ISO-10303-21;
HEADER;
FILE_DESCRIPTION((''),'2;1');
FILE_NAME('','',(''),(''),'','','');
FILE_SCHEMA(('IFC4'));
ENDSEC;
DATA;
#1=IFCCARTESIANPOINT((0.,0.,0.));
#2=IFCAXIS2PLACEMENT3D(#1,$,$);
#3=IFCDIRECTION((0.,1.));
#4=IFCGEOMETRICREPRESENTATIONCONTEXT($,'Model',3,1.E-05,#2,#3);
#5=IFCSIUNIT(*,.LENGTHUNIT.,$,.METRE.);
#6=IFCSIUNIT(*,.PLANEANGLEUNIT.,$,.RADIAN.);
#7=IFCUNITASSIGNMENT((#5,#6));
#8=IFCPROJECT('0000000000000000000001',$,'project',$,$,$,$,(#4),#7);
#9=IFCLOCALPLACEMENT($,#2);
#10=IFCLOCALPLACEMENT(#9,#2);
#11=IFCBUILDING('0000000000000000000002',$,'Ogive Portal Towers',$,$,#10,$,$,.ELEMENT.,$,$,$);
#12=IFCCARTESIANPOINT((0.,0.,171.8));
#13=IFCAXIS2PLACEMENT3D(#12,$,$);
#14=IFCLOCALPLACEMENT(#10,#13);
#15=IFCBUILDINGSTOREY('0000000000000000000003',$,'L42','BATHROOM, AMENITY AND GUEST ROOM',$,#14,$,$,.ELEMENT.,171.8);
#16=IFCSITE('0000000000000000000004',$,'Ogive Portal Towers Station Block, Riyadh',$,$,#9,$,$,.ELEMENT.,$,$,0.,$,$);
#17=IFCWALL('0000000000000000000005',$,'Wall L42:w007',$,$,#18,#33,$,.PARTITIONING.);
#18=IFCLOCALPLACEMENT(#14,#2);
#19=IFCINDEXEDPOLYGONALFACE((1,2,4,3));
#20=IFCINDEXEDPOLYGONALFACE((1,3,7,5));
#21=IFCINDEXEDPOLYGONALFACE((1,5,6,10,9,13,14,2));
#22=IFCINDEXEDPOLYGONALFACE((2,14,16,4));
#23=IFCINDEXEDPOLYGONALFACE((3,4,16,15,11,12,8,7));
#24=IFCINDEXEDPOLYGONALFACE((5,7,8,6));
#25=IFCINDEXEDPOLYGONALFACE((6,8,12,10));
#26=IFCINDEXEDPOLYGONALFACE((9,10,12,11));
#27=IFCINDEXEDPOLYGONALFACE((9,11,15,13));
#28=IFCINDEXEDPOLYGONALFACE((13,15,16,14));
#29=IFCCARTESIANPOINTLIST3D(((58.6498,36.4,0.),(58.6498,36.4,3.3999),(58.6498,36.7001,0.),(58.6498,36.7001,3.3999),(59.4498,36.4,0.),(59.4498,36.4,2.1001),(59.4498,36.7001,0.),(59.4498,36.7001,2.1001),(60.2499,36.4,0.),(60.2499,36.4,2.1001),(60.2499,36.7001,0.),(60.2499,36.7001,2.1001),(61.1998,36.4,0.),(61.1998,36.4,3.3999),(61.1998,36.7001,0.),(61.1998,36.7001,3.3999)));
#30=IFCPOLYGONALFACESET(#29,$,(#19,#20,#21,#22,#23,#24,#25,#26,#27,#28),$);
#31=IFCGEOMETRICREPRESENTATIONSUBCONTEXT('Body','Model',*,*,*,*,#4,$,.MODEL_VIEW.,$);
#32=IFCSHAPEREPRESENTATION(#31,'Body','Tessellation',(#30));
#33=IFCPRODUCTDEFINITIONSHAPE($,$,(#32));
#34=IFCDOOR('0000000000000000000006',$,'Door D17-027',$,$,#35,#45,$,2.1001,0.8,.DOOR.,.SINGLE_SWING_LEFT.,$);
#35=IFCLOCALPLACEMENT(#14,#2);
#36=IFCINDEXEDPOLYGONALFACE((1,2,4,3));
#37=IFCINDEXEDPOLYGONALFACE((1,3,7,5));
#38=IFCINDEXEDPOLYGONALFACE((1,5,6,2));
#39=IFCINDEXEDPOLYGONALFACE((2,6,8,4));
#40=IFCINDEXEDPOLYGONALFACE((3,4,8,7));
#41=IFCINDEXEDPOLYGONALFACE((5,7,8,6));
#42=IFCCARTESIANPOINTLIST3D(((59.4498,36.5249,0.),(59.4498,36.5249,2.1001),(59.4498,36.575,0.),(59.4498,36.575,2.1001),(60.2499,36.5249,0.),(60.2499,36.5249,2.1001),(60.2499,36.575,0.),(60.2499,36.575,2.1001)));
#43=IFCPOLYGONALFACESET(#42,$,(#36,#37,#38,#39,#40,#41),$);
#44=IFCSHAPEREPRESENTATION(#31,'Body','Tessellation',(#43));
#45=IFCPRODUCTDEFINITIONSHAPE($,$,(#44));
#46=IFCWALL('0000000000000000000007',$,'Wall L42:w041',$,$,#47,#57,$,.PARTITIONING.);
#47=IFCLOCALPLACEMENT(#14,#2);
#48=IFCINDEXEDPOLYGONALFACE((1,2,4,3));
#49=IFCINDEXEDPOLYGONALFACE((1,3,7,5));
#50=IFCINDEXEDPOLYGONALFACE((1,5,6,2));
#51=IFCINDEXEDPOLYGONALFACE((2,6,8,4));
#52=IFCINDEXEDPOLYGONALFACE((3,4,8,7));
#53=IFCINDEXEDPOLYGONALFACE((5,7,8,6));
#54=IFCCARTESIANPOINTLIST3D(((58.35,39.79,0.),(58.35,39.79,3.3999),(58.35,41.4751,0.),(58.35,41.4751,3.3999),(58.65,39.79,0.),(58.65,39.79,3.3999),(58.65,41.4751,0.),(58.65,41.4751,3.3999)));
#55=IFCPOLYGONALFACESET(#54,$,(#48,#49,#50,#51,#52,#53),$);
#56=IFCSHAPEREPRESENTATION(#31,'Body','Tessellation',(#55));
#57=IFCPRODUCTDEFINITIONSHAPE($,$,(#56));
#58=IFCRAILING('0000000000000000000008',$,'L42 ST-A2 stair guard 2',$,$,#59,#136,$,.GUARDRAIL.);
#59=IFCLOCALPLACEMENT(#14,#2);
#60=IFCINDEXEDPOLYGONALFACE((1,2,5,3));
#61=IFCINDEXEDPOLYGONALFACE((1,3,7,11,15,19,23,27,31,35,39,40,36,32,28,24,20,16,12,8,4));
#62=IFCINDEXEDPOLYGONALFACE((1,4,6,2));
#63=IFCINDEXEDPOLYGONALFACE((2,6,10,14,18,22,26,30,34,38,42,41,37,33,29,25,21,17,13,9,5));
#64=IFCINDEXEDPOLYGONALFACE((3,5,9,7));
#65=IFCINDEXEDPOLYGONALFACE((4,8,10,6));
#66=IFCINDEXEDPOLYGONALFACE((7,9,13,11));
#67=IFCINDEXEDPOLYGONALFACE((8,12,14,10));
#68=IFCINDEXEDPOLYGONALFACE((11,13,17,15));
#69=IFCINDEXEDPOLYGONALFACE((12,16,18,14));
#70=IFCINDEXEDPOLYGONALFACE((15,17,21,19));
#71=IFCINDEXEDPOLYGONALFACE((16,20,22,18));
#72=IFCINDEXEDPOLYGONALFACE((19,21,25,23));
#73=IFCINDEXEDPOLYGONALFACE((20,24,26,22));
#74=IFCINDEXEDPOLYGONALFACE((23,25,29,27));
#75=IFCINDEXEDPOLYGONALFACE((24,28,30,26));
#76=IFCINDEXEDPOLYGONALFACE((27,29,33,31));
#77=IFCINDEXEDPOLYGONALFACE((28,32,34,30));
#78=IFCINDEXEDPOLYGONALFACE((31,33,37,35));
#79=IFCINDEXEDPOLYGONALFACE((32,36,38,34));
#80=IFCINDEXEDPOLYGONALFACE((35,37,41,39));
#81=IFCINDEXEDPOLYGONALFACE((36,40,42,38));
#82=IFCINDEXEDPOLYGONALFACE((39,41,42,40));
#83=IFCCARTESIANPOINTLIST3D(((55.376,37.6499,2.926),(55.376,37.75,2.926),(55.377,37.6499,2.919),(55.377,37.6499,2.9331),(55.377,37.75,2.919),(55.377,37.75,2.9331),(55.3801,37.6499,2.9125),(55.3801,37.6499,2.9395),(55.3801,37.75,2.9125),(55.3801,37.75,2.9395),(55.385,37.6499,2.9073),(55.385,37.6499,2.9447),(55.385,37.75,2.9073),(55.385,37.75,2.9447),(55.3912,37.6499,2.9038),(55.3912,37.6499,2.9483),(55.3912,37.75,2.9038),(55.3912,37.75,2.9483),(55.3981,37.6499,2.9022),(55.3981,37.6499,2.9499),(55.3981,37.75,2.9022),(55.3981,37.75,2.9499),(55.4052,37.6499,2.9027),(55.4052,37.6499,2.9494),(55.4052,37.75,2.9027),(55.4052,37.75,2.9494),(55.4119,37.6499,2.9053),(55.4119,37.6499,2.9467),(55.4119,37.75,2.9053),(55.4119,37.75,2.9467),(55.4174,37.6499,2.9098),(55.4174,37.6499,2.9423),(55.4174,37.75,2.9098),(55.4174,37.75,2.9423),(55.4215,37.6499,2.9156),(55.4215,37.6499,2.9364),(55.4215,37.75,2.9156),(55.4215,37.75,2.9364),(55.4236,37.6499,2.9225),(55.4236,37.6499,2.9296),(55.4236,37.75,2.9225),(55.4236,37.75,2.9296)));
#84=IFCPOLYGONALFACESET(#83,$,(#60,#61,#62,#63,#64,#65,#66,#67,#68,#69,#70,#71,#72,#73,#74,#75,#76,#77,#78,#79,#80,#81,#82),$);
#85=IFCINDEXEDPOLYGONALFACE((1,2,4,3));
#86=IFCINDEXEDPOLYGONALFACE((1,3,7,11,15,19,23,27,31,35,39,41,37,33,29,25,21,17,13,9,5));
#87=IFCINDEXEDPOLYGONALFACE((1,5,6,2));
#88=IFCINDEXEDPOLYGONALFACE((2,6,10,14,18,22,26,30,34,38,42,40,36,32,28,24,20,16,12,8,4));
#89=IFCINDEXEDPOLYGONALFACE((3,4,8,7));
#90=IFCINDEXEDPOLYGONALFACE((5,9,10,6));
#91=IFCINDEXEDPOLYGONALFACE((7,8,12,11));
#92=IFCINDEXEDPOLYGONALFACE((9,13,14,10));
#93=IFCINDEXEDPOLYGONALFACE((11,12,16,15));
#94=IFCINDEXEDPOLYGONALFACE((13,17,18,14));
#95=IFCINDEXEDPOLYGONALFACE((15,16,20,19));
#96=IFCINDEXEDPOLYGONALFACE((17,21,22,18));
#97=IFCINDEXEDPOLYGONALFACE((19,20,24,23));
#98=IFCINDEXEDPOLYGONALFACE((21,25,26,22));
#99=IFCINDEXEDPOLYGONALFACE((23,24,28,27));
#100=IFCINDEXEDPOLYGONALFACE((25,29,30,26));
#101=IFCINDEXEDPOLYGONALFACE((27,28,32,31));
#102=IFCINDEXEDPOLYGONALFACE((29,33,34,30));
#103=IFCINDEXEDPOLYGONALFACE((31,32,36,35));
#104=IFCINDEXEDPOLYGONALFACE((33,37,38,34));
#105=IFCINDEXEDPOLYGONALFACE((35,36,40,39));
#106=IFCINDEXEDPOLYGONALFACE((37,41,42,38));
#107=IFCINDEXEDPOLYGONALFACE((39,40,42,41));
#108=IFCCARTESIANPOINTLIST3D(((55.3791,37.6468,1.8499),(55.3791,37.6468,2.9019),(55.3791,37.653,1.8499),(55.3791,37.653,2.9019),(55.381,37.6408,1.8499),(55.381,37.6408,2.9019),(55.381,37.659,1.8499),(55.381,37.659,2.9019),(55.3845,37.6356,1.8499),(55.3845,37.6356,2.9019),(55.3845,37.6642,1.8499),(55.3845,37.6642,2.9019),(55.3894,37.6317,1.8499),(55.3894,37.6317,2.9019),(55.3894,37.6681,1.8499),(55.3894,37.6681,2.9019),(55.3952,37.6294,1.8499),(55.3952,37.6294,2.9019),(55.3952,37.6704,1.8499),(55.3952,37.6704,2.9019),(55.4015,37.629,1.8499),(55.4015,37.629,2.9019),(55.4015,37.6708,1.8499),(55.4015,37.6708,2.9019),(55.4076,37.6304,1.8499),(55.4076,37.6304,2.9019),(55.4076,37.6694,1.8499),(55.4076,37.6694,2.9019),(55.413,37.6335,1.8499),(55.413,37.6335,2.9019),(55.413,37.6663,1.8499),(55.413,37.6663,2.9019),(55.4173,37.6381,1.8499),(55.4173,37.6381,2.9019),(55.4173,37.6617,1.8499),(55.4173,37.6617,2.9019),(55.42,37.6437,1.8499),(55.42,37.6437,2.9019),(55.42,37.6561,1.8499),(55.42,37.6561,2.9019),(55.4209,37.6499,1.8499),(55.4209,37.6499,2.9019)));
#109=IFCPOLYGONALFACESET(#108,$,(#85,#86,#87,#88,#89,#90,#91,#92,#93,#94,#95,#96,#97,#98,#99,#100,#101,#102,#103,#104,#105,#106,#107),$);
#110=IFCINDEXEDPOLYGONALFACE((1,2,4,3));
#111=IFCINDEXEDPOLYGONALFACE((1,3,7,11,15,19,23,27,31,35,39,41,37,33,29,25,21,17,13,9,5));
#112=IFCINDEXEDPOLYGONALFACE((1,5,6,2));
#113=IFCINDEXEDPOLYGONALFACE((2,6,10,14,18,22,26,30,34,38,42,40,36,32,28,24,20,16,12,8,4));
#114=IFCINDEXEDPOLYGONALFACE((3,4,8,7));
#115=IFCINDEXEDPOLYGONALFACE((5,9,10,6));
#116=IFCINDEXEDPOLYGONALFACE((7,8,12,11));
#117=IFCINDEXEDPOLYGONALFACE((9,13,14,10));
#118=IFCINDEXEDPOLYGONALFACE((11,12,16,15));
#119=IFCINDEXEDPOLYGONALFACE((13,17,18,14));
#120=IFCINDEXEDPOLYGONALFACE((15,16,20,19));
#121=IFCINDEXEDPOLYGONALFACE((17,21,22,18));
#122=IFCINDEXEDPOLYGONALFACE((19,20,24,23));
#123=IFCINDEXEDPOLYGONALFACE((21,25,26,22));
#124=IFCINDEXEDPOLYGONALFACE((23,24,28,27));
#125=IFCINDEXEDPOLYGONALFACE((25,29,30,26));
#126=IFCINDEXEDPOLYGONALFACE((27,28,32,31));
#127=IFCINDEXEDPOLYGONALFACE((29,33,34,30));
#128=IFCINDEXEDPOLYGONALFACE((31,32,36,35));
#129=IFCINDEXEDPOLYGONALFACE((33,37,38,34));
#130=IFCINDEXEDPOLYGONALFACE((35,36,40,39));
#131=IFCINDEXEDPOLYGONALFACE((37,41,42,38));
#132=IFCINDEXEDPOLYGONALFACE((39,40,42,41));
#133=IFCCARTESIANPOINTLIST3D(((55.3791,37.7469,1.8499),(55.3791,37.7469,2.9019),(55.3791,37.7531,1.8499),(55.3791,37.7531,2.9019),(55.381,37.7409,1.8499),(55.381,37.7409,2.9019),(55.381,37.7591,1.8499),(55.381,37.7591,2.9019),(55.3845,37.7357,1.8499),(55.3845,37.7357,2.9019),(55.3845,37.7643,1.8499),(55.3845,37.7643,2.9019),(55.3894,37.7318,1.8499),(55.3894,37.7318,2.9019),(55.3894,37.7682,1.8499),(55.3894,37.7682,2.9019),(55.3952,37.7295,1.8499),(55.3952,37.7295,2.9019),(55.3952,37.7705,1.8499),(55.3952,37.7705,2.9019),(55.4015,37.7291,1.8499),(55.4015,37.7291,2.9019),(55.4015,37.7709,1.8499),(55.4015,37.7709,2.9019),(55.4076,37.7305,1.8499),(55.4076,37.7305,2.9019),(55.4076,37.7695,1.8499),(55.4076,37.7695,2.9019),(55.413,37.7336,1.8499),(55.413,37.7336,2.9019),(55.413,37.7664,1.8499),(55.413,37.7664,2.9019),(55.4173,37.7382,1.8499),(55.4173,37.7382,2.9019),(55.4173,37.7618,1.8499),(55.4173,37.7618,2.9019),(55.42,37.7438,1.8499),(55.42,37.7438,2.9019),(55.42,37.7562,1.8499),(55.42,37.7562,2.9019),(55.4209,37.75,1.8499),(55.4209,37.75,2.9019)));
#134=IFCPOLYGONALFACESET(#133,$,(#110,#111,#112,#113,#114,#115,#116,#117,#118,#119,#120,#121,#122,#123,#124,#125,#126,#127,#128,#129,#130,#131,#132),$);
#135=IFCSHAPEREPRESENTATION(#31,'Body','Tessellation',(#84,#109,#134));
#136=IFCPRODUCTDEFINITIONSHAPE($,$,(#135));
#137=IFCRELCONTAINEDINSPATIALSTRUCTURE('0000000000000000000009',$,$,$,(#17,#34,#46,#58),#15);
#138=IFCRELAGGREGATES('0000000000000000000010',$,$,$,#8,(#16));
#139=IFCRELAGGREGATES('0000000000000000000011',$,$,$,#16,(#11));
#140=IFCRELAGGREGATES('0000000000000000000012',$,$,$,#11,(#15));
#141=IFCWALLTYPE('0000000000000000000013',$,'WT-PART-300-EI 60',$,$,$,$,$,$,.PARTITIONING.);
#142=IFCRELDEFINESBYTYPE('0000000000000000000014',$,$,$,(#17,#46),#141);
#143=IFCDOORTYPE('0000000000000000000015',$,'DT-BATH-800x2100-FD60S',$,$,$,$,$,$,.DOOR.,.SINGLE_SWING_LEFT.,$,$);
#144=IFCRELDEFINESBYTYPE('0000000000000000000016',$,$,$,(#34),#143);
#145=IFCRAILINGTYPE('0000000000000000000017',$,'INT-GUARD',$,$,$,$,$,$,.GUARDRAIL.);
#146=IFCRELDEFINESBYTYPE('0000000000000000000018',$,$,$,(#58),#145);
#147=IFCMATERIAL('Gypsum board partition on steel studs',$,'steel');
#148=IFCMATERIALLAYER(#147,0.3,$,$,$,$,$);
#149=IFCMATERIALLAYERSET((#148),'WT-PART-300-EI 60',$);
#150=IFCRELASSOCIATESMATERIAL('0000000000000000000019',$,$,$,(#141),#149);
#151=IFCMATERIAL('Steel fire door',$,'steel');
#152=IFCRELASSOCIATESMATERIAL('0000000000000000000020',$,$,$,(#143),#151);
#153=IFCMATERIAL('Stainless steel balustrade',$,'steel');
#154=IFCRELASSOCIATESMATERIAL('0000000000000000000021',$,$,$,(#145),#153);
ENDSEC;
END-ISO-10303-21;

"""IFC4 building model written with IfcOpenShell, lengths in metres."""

from ifc_helpers import new_model, si_unit, direction, frame, frame_2d, origin, origin_2d, place, context, subcontext, project, spatial, rectangle, circle, extrude, material, layer, layer_set, type_object, element, fill, save


model = new_model("IFC4")

# Units and contexts
model_context = context("Model", 3, precision=1e-05, world=origin(), true_north=direction((0.0, 1.0)))
body_context = subcontext(model_context, "Body", "Model", "MODEL_VIEW")
ifc_project = project(units=[si_unit("LENGTHUNIT", "METRE"), si_unit("PLANEANGLEUNIT", "RADIAN")], contexts=[model_context])

# Site, building, storey
site_placement = place(None, origin())
site = spatial("IfcSite", under=ifc_project, at=site_placement, Name="Ogive Portal Towers Station Block, Riyadh", CompositionType="ELEMENT", RefElevation=0.0)
building_placement = place(site_placement, origin())
building = spatial("IfcBuilding", under=site, at=building_placement, Name="Ogive Portal Towers", CompositionType="ELEMENT")
storey_placement = place(building_placement, frame((0.0, 0.0, 171.8)))
storey = spatial("IfcBuildingStorey", under=building, at=storey_placement, Name="L42", Description="BATHROOM, AMENITY AND GUEST ROOM", CompositionType="ELEMENT", Elevation=171.8)

# Wall, opening, door
ifc_material_1 = material(Name="Gypsum board partition on steel studs", Category="steel")
ifc_layer_1 = layer(ifc_material_1, 0.3)
ifc_layer_set_1 = layer_set([ifc_layer_1], Name="WT-PART-300-EI 60")
wall_type_1 = type_object("IfcWallType", Name="WT-PART-300-EI 60", PredefinedType="PARTITIONING", material=ifc_layer_set_1)
wall_1_placement = place(storey_placement, frame((58.6499, 36.55, 0.0), z_axis=(0.0, 0.0, 1.0), x_axis=(1.0, 0.0, 0.0)))
wall_1 = element("IfcWall", 1, at=wall_1_placement, inside=storey, type_object=wall_type_1, Name="Wall L42:w007", PredefinedType="PARTITIONING", context=body_context, shape_type="SweptSolid", body=[
    extrude(rectangle(XDim=2.55, YDim=0.3, at=frame_2d((1.2749, 0.0))), origin(), (0.0, 0.0, 1.0), 3.3999),
])
opening_1_placement = place(wall_1_placement, frame((0.8, 0.0, 0.0)))
opening_1 = element("IfcOpeningElement", 2, at=opening_1_placement, cuts=wall_1, PredefinedType="OPENING", context=body_context, shape_type="SweptSolid", body=[
    extrude(rectangle(XDim=0.8, YDim=2.1001, at=frame_2d((0.3999, 1.05))), frame((0.0, 0.1602, 0.0), z_axis=(0.0, -1.0, 0.0), x_axis=(1.0, 0.0, 0.0)), (0.0, 0.0, 1.0), 0.3201),
])
ifc_material_2 = material(Name="Steel fire door", Category="steel")
door_type_1 = type_object("IfcDoorType", Name="DT-BATH-800x2100-FD60S", OperationType="SINGLE_SWING_LEFT", PredefinedType="DOOR", material=ifc_material_2)
door_1_placement = place(opening_1_placement, origin())
door_1 = element("IfcDoor", 3, at=door_1_placement, inside=storey, type_object=door_type_1, Name="Door D17-027", OperationType="SINGLE_SWING_LEFT", OverallHeight=2.1001, OverallWidth=0.8, PredefinedType="DOOR", context=body_context, shape_type="SweptSolid", body=[
    extrude(rectangle(XDim=0.8, YDim=2.1001, at=frame_2d((0.3999, 1.05))), frame((0.0, 0.0249, 0.0), z_axis=(0.0, -1.0, 0.0), x_axis=(1.0, 0.0, 0.0)), (0.0, 0.0, 1.0), 0.05),
])
fill(opening_1, door_1)

# Wall
wall_2_placement = place(storey_placement, frame((58.5, 39.79, 0.0), z_axis=(0.0, 0.0, 1.0), x_axis=(0.0, 1.0, 0.0)))
element("IfcWall", 4, at=wall_2_placement, inside=storey, type_object=wall_type_1, Name="Wall L42:w041", PredefinedType="PARTITIONING", context=body_context, shape_type="SweptSolid", body=[
    extrude(rectangle(XDim=1.6851, YDim=0.3, at=frame_2d((0.8425, 0.0))), origin(), (0.0, 0.0, 1.0), 3.3999),
])

# Railing
ifc_material_3 = material(Name="Stainless steel balustrade", Category="steel")
railing_type_1 = type_object("IfcRailingType", Name="INT-GUARD", PredefinedType="GUARDRAIL", material=ifc_material_3)
railing_1_placement = place(storey_placement, frame((55.3999, 37.6499, 1.8499)))
element("IfcRailing", 5, at=railing_1_placement, inside=storey, type_object=railing_type_1, Name="L42 ST-A2 stair guard 2", PredefinedType="GUARDRAIL", context=body_context, shape_type="SweptSolid", body=[
    extrude(circle(Radius=0.0239, at=origin_2d()), frame((0.0, 0.0, 1.0762), z_axis=(0.0, 1.0, 0.0), x_axis=(-1.0, 0.0, 0.0)), (0.0, 0.0, 1.0), 0.1001),
    extrude(circle(Radius=0.021, at=origin_2d()), origin(), (0.0, 0.0, 1.0), 1.052),
    extrude(circle(Radius=0.021, at=origin_2d()), frame((0.0, 0.1001, 0.0)), (0.0, 0.0, 1.0), 1.052),
])

save(model, "model.ifc")
